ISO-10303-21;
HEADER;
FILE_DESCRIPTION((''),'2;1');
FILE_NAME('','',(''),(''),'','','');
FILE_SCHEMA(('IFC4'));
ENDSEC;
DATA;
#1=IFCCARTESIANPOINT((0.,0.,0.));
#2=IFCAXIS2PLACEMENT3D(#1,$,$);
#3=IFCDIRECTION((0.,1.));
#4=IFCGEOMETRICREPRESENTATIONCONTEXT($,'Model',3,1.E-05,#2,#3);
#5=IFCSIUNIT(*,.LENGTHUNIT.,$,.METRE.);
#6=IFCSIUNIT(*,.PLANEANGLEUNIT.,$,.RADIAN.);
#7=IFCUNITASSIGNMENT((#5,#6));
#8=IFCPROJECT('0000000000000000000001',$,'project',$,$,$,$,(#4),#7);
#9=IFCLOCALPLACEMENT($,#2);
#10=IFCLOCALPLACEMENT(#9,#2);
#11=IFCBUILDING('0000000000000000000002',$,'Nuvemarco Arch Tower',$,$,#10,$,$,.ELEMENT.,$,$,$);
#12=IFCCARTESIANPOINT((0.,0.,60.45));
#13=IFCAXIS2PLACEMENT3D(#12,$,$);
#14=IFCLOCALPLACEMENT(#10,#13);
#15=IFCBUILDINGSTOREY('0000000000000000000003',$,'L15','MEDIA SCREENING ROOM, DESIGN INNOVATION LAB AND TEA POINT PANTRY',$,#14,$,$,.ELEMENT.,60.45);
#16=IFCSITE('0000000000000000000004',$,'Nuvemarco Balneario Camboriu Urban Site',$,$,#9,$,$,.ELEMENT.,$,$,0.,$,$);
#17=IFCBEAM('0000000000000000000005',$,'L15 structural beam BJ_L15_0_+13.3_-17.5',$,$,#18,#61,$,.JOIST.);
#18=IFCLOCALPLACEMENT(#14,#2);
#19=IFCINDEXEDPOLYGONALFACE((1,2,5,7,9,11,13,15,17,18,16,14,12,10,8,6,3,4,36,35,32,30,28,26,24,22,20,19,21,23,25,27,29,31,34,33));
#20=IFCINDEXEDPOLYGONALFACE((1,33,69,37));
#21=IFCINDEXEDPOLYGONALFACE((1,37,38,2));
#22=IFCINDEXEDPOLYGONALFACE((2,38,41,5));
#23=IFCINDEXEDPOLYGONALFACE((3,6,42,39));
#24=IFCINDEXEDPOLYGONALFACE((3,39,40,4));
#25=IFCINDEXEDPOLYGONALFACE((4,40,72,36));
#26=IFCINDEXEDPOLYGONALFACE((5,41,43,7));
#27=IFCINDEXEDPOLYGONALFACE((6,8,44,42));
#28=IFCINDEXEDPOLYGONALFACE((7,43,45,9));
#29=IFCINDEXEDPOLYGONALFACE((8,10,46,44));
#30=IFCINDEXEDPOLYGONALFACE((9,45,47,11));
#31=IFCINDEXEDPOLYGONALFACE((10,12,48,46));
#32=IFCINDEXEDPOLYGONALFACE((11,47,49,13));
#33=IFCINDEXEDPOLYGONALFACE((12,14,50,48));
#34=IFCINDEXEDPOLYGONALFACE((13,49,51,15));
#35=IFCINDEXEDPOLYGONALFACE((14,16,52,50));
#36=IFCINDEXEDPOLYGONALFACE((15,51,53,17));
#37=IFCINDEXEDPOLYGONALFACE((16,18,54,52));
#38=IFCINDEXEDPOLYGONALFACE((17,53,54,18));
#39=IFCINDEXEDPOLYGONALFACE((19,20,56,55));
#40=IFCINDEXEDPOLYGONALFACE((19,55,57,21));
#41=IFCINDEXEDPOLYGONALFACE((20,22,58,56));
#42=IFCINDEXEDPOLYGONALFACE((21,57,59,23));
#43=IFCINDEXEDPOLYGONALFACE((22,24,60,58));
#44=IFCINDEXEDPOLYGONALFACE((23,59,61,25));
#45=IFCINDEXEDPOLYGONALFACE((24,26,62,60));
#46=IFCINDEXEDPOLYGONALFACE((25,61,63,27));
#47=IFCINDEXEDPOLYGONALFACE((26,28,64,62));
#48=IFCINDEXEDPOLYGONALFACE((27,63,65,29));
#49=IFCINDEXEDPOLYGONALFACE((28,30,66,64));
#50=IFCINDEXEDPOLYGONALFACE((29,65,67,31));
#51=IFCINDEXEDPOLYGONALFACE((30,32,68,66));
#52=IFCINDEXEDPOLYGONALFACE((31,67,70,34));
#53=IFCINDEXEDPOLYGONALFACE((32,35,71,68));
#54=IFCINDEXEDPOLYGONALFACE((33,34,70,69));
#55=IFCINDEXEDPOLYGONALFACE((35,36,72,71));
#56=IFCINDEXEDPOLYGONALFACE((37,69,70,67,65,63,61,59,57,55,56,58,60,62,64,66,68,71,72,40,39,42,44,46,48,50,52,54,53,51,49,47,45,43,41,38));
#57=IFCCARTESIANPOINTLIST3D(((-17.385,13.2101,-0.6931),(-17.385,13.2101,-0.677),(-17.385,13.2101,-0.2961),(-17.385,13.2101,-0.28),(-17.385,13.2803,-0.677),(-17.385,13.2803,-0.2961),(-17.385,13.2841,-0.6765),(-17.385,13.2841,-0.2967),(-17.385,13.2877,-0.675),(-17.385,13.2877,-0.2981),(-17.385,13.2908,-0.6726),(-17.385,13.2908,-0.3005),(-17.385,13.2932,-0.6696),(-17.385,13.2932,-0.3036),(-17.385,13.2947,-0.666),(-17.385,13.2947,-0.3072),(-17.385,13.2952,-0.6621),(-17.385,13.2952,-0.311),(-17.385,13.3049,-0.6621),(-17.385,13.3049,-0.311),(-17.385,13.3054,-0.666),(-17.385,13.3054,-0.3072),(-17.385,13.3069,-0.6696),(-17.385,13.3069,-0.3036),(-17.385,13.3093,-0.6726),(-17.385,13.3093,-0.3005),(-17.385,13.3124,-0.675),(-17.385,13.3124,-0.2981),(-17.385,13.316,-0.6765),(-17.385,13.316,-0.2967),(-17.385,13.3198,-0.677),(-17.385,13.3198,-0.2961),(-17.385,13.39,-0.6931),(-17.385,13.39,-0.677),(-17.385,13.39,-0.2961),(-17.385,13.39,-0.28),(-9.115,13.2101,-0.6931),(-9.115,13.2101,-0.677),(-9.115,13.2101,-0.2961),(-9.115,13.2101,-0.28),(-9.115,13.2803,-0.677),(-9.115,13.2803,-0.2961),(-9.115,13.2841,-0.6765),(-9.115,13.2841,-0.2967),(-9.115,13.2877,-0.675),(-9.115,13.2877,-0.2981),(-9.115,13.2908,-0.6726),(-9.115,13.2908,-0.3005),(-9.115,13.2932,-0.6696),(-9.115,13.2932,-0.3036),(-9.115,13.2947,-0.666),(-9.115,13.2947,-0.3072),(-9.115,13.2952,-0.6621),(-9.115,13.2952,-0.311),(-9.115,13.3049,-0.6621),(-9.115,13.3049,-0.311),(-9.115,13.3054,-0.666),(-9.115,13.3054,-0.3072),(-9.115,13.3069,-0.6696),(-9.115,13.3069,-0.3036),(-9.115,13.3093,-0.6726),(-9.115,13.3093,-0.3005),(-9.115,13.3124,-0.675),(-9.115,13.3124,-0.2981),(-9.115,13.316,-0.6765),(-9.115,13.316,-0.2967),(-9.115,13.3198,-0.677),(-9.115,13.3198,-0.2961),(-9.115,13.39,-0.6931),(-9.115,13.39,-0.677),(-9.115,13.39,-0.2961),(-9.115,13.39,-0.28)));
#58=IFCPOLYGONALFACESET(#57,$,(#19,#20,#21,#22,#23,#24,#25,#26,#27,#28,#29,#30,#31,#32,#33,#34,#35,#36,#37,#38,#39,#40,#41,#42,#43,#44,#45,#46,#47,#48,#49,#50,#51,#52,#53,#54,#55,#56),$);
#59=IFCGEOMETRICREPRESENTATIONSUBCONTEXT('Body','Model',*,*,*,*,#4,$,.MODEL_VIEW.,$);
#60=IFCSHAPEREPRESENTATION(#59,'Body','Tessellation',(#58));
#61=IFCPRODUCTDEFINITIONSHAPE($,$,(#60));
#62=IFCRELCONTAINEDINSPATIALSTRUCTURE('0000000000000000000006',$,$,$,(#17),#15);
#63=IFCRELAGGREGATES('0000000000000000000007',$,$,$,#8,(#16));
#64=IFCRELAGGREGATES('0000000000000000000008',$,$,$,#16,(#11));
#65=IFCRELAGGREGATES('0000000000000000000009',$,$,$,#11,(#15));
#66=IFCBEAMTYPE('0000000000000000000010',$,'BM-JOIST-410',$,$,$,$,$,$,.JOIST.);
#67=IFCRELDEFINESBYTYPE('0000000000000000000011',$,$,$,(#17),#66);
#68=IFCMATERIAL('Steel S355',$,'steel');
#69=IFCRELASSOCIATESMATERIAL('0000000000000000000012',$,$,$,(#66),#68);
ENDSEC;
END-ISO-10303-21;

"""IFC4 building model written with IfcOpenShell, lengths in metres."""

from ifc_helpers import new_model, si_unit, direction, frame, origin, origin_2d, place, context, subcontext, project, spatial, i_section, extrude, material, material_profile, profile_set, type_object, element, save


model = new_model("IFC4")

# Units and contexts
model_context = context("Model", 3, precision=1e-05, world=origin(), true_north=direction((0.0, 1.0)))
body_context = subcontext(model_context, "Body", "Model", "MODEL_VIEW")
ifc_project = project(units=[si_unit("LENGTHUNIT", "METRE"), si_unit("PLANEANGLEUNIT", "RADIAN")], contexts=[model_context])

# Site, building, storey
site_placement = place(None, origin())
site = spatial("IfcSite", under=ifc_project, at=site_placement, Name="Nuvemarco Balneario Camboriu Urban Site", CompositionType="ELEMENT", RefElevation=0.0)
building_placement = place(site_placement, origin())
building = spatial("IfcBuilding", under=site, at=building_placement, Name="Nuvemarco Arch Tower", CompositionType="ELEMENT")
storey_placement = place(building_placement, frame((0.0, 0.0, 60.45)))
storey = spatial("IfcBuildingStorey", under=building, at=storey_placement, Name="L15", Description="MEDIA SCREENING ROOM, DESIGN INNOVATION LAB AND TEA POINT PANTRY", CompositionType="ELEMENT", Elevation=60.45)

# Shared definitions
ifc_material_1 = material(Name="Steel S355", Category="steel")

# Beam
ifc_material_profile_1 = material_profile(ifc_material_1, i_section(OverallWidth=0.1799, OverallDepth=0.4131, WebThickness=0.0098, FlangeThickness=0.0161, FilletRadius=0.0149, at=origin_2d()), Name="W410x75")
ifc_profile_set_1 = profile_set([ifc_material_profile_1], Name="Steel S355")
beam_type_1 = type_object("IfcBeamType", Name="BM-JOIST-410", PredefinedType="JOIST", material=ifc_profile_set_1)
beam_1_placement = place(storey_placement, frame((-17.385, 13.3, -0.4866), z_axis=(1.0, 0.0, 0.0), x_axis=(0.0, 1.0, 0.0)))
element("IfcBeam", 1, at=beam_1_placement, inside=storey, type_object=beam_type_1, Name="L15 structural beam BJ_L15_0_+13.3_-17.5", PredefinedType="JOIST", context=body_context, shape_type="SweptSolid", body=[
    extrude(i_section(OverallWidth=0.1799, OverallDepth=0.4131, WebThickness=0.0098, FlangeThickness=0.0161, FilletRadius=0.0149, at=origin_2d()), origin(), (0.0, 0.0, 1.0), 8.27),
])

save(model, "model.ifc")
